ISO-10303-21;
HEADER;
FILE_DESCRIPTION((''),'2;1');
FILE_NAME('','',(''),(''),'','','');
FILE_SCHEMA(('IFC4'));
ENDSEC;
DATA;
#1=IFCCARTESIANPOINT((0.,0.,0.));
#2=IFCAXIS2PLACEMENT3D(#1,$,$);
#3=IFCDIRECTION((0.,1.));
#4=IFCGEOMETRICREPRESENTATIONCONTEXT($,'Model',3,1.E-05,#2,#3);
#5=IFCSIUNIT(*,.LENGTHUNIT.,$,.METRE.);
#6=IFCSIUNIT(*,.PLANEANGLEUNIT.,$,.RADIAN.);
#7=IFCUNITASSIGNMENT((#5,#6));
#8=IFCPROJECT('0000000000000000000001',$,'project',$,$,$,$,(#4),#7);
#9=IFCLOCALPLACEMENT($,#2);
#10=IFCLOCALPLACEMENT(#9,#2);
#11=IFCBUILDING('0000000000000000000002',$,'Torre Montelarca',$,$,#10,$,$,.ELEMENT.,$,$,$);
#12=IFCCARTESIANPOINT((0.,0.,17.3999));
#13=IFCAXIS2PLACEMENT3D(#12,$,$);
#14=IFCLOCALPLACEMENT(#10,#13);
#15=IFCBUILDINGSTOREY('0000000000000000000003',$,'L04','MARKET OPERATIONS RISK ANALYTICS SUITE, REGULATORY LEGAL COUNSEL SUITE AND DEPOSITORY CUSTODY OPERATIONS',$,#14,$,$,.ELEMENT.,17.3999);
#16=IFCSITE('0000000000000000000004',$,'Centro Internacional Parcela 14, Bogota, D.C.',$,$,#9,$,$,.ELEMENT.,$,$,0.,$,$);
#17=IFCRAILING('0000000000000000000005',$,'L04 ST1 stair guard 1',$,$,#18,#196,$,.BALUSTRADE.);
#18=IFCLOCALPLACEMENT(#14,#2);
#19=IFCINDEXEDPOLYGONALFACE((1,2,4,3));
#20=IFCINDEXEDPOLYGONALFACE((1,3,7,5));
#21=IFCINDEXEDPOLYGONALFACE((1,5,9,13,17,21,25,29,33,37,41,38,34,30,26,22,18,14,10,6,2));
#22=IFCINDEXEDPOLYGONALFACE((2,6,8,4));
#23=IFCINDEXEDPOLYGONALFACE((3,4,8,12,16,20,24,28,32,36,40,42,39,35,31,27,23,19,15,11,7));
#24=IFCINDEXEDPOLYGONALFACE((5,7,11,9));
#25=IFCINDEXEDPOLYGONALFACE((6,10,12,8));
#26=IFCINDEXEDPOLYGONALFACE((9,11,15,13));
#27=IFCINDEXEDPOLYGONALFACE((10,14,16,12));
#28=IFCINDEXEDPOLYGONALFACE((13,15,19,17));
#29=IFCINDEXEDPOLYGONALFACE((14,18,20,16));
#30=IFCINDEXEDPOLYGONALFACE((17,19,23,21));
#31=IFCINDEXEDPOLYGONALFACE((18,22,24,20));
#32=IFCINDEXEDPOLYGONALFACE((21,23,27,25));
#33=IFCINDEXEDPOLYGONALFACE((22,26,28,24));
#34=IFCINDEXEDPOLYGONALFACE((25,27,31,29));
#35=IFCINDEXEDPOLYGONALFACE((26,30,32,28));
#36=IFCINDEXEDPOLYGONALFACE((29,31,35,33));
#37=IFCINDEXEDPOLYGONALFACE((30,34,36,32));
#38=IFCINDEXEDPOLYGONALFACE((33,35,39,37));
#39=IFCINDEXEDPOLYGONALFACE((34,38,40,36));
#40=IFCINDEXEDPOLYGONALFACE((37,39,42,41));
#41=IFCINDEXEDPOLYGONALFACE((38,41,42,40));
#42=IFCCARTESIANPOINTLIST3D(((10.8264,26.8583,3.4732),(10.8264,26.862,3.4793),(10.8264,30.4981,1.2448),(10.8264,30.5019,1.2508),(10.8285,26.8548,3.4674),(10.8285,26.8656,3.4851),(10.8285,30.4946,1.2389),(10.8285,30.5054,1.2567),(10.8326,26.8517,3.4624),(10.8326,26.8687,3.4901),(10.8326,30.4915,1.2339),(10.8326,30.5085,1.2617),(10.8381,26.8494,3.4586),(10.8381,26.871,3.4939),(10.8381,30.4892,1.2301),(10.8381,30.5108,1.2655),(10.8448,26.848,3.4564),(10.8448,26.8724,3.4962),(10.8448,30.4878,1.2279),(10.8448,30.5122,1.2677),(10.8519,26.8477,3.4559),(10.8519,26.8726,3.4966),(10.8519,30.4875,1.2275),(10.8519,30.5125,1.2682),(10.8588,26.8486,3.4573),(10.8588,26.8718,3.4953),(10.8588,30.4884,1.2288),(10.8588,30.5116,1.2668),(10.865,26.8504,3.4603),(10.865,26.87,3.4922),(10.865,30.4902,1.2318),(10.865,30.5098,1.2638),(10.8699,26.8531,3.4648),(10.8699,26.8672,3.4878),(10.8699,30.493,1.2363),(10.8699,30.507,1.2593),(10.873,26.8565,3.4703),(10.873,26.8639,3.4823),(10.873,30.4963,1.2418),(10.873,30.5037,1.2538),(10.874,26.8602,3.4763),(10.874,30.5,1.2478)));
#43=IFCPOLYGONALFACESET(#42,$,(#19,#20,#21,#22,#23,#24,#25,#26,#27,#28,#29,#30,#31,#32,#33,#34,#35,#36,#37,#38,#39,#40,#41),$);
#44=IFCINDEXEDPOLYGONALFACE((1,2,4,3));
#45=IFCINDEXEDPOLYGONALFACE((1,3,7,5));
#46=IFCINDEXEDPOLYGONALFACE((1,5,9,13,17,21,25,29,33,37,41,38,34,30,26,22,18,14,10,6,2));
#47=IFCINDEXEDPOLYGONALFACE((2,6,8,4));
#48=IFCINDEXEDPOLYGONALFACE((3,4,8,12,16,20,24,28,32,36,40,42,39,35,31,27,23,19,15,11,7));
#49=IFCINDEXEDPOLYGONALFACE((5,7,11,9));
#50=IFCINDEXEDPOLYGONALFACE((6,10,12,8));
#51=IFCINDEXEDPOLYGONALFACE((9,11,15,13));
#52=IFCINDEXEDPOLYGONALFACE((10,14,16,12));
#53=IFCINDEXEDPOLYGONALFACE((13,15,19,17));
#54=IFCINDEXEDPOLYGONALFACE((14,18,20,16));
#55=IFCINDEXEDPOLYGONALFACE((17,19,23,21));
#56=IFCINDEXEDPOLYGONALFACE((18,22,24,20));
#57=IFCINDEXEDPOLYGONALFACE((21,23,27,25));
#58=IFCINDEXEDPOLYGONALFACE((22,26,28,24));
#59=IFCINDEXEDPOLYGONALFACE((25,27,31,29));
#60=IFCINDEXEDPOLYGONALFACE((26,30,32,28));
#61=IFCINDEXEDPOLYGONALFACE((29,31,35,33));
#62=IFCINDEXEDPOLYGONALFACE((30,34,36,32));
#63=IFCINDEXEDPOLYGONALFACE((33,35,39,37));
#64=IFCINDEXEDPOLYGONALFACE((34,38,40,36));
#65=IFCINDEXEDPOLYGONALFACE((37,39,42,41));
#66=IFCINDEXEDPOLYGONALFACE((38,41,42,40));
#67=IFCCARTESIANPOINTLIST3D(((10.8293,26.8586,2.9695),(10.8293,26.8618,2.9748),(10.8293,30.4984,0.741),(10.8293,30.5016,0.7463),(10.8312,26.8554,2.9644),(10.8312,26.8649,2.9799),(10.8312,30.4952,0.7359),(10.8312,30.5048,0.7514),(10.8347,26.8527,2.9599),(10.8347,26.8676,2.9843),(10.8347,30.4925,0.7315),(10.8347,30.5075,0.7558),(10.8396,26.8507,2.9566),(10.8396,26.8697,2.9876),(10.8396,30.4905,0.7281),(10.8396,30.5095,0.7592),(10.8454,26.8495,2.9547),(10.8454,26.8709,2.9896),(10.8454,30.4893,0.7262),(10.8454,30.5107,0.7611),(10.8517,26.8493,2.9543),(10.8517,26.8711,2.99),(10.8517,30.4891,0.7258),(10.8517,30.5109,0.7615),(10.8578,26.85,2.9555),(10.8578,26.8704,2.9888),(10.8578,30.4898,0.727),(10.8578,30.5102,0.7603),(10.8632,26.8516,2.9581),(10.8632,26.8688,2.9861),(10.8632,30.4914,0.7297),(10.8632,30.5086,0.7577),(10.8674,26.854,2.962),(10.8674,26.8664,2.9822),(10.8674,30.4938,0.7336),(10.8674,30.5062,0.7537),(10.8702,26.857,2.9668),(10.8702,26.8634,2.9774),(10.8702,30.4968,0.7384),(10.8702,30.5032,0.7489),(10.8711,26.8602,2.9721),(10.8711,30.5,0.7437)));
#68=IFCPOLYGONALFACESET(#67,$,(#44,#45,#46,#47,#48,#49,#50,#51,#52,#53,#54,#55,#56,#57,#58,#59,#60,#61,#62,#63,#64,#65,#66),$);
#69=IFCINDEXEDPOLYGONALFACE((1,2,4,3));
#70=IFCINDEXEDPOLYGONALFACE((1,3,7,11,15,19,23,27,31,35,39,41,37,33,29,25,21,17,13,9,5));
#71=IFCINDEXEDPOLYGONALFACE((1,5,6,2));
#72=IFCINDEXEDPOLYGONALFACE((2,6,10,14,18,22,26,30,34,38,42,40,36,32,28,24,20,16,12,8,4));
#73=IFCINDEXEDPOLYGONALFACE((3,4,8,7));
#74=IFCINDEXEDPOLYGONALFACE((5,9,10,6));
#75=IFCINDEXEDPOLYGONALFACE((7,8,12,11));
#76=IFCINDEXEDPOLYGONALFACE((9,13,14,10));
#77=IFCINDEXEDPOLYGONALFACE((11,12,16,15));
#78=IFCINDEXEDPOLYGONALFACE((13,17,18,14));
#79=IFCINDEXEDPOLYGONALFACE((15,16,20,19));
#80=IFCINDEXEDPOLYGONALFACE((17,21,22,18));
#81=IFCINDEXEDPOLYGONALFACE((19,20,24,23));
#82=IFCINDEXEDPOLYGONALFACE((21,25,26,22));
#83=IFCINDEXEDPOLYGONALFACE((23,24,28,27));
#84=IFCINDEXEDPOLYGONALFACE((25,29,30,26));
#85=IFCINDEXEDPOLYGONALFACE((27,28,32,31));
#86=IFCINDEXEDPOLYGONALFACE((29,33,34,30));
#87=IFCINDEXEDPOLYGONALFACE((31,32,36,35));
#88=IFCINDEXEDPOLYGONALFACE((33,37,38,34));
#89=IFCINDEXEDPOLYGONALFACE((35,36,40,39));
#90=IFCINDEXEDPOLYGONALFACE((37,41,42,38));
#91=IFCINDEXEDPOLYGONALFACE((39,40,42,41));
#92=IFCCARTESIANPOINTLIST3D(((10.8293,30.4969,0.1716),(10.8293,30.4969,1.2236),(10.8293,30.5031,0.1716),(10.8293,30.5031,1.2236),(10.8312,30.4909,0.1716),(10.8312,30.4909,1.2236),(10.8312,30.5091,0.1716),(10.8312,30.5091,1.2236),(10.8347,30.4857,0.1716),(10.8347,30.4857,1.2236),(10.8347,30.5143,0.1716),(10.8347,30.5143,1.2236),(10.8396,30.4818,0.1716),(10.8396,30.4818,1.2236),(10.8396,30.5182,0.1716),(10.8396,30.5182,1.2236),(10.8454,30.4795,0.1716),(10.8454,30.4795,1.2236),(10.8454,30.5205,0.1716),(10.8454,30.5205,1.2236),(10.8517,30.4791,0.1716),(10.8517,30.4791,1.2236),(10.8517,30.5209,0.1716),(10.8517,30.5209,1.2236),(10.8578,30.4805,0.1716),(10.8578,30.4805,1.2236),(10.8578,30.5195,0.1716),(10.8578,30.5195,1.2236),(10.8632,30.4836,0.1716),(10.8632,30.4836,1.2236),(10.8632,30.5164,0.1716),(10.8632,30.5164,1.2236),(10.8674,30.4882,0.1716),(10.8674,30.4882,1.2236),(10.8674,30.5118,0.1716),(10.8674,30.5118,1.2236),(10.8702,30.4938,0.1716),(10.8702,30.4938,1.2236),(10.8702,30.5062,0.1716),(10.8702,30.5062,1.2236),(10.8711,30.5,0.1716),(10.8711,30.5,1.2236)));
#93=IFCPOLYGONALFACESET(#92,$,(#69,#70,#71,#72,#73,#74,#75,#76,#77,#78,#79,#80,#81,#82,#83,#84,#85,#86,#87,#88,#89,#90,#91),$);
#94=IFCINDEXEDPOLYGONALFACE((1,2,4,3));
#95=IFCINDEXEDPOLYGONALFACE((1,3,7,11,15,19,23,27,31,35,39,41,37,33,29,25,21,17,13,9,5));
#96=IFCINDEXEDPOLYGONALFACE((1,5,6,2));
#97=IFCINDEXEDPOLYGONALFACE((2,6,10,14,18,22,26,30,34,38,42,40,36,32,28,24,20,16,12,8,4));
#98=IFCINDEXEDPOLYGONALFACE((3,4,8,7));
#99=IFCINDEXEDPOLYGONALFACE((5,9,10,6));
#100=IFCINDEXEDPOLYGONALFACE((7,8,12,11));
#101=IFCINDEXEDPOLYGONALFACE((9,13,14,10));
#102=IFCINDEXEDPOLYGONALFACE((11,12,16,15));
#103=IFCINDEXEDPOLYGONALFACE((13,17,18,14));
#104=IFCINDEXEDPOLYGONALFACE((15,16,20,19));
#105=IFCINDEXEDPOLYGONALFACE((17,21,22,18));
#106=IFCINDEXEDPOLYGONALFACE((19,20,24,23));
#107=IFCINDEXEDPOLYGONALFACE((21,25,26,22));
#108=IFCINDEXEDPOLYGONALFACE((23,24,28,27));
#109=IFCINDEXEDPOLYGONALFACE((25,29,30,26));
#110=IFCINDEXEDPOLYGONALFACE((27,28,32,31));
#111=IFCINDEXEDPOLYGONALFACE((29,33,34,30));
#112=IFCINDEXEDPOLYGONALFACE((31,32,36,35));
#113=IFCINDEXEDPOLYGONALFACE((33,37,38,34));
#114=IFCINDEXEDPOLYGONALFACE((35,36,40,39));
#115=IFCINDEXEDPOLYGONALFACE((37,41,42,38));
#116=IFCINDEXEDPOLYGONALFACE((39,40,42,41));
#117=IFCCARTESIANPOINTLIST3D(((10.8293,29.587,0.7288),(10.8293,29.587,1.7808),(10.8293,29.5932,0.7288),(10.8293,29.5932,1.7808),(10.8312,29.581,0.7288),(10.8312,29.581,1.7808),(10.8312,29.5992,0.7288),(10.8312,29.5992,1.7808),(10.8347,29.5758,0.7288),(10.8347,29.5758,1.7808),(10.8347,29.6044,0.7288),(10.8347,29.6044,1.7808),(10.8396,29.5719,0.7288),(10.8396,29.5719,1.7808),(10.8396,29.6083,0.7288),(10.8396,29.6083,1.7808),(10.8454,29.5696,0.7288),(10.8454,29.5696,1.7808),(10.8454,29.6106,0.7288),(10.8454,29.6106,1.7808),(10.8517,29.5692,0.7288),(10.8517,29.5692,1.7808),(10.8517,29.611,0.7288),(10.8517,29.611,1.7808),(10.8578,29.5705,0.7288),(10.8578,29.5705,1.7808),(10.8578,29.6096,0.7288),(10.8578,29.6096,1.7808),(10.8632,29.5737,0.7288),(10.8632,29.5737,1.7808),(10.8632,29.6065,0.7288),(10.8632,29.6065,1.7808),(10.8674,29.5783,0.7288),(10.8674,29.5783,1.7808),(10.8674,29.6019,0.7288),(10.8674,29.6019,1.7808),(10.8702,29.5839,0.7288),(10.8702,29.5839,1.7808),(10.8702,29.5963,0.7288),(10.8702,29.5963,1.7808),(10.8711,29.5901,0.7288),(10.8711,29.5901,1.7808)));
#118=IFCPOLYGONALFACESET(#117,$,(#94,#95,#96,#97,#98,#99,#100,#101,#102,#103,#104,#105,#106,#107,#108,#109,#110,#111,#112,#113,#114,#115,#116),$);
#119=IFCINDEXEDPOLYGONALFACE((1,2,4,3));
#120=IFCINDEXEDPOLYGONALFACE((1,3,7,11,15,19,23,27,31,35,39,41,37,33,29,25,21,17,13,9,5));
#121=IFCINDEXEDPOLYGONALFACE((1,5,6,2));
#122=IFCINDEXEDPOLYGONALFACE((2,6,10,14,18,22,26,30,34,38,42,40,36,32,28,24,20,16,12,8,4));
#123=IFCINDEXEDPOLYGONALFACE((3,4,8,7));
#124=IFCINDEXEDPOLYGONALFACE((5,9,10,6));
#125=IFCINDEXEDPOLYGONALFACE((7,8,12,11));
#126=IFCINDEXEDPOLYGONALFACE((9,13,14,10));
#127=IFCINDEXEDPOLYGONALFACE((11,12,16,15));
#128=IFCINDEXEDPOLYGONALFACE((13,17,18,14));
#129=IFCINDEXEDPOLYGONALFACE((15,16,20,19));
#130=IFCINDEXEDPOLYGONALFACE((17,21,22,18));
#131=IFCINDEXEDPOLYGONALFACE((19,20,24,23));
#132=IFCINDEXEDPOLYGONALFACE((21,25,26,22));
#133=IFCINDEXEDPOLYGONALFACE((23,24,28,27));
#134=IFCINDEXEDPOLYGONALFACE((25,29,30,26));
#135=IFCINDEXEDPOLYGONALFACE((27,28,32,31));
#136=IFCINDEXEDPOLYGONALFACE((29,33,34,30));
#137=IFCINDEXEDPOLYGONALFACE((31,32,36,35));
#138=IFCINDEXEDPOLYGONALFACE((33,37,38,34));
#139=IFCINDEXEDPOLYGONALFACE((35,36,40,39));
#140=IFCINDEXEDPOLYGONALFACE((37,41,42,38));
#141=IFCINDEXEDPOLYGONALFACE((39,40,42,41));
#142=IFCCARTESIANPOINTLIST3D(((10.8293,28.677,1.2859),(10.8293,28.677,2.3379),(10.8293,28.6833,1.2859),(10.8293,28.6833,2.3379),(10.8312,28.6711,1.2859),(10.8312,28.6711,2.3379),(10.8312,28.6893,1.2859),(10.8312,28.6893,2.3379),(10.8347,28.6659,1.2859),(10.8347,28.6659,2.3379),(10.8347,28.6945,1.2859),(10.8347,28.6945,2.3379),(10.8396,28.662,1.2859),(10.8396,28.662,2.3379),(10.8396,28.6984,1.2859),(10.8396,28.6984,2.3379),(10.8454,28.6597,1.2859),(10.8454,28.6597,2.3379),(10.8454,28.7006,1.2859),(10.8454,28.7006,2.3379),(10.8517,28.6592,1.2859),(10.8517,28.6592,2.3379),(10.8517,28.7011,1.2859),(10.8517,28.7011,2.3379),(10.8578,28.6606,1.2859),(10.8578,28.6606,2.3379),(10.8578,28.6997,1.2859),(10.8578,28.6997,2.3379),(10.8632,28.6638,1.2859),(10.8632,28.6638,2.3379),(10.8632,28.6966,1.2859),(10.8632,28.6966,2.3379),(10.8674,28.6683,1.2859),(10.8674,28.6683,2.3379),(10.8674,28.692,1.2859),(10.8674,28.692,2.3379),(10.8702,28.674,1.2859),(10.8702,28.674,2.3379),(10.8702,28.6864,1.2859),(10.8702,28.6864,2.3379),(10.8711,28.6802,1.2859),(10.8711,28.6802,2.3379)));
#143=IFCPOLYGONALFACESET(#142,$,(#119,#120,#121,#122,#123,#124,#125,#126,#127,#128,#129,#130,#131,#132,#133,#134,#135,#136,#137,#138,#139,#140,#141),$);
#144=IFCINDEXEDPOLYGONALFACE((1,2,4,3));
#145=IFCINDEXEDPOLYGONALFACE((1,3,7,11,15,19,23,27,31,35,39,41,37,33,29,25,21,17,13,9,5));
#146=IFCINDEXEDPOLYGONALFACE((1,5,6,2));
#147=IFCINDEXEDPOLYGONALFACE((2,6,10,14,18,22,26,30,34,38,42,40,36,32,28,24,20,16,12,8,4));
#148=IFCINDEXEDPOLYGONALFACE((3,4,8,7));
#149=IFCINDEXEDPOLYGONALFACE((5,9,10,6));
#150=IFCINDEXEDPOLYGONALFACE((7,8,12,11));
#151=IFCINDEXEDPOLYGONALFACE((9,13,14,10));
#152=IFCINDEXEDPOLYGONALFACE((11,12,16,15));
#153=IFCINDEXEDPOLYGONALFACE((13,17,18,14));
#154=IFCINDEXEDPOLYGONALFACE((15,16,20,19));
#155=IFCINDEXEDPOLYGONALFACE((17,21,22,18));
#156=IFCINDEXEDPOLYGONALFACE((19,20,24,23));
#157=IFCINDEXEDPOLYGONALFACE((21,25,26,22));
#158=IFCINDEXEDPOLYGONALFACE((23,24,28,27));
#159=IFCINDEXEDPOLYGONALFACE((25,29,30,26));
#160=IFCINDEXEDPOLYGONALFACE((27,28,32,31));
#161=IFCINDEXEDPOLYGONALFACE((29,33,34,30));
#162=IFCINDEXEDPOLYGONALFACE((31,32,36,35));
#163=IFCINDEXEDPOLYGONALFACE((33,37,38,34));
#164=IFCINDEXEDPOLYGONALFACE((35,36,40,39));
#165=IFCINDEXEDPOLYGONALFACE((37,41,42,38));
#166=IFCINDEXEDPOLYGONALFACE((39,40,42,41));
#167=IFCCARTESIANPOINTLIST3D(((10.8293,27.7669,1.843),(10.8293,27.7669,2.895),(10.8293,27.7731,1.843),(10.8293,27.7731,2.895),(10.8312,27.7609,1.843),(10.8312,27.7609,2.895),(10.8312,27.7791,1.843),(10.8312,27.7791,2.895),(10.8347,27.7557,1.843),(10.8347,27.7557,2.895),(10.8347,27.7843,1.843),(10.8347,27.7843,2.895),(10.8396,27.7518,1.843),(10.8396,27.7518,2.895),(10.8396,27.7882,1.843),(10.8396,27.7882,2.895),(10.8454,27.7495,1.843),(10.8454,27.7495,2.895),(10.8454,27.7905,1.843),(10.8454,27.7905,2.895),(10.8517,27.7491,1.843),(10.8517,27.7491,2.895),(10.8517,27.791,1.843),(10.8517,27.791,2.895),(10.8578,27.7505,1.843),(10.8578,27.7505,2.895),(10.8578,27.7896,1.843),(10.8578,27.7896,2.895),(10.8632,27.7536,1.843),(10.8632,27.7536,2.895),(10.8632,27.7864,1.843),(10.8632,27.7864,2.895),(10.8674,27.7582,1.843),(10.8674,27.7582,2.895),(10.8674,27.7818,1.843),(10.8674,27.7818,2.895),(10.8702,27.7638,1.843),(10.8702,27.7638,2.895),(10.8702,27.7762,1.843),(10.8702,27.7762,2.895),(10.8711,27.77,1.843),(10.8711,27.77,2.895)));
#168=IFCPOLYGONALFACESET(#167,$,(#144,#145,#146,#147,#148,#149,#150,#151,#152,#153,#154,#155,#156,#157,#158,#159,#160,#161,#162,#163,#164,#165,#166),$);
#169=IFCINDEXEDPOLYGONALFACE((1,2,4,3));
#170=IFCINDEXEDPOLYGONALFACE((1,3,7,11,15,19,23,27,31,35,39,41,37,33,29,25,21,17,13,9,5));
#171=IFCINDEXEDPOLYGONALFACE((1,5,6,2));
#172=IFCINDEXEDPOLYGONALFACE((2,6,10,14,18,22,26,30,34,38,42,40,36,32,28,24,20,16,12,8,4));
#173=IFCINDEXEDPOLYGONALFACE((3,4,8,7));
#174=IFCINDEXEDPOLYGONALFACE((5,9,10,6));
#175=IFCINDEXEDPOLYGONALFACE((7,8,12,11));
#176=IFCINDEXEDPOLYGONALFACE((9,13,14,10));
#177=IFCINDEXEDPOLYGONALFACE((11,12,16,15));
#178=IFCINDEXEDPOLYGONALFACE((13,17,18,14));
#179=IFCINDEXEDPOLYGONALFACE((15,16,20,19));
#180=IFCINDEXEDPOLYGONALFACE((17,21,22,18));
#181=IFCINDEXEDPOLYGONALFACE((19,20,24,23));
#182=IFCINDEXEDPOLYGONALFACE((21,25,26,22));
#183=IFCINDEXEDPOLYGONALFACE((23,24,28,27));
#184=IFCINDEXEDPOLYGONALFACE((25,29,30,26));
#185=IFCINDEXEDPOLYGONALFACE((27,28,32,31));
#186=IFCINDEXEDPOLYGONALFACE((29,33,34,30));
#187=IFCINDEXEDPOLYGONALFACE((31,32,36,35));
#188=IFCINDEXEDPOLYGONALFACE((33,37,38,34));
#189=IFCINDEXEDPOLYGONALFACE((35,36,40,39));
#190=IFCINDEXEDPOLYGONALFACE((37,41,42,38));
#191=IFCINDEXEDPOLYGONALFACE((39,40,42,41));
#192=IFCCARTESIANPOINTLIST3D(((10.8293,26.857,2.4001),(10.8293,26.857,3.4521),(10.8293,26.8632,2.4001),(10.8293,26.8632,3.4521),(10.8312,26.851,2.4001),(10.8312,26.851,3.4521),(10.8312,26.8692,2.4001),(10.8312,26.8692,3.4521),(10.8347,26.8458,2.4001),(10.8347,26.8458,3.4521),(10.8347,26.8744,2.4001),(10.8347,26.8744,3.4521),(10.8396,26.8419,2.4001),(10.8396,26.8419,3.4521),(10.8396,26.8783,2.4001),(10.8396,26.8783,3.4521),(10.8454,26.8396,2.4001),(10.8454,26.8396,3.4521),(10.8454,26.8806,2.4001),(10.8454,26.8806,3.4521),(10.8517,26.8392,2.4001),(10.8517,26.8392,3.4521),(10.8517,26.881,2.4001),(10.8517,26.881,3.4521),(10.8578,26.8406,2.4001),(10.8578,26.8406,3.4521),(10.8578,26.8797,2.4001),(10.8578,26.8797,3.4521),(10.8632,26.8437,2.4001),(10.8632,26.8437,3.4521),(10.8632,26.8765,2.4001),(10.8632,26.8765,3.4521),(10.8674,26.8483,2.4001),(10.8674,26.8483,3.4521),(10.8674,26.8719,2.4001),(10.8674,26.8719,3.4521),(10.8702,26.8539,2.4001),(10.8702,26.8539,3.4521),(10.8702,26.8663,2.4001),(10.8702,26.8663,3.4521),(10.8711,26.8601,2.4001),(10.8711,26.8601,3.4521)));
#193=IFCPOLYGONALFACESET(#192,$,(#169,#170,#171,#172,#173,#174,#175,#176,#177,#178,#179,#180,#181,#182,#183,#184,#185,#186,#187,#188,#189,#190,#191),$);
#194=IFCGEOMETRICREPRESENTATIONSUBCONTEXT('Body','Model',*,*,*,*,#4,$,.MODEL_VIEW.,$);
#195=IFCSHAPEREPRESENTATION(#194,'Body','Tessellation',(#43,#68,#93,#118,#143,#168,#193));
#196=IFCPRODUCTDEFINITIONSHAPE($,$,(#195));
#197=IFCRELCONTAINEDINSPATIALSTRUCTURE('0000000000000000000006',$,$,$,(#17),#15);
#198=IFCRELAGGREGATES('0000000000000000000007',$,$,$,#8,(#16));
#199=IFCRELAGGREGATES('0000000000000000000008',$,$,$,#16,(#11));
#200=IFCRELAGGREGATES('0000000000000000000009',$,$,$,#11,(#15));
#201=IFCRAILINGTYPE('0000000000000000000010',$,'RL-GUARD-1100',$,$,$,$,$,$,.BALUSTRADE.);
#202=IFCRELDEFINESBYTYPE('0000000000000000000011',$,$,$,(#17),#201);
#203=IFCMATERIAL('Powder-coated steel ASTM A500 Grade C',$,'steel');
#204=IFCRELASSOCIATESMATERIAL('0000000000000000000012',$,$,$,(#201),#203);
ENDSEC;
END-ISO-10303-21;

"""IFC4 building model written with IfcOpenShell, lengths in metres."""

from ifc_helpers import new_model, si_unit, direction, frame, origin, origin_2d, place, context, subcontext, project, spatial, circle, extrude, material, type_object, element, save


model = new_model("IFC4")

# Units and contexts
model_context = context("Model", 3, precision=1e-05, world=origin(), true_north=direction((0.0, 1.0)))
body_context = subcontext(model_context, "Body", "Model", "MODEL_VIEW")
ifc_project = project(units=[si_unit("LENGTHUNIT", "METRE"), si_unit("PLANEANGLEUNIT", "RADIAN")], contexts=[model_context])

# Site, building, storey
site_placement = place(None, origin())
site = spatial("IfcSite", under=ifc_project, at=site_placement, Name="Centro Internacional Parcela 14, Bogota, D.C.", CompositionType="ELEMENT", RefElevation=0.0)
building_placement = place(site_placement, origin())
building = spatial("IfcBuilding", under=site, at=building_placement, Name="Torre Montelarca", CompositionType="ELEMENT")
storey_placement = place(building_placement, frame((0.0, 0.0, 17.3999)))
storey = spatial("IfcBuildingStorey", under=building, at=storey_placement, Name="L04", Description="MARKET OPERATIONS RISK ANALYTICS SUITE, REGULATORY LEGAL COUNSEL SUITE AND DEPOSITORY CUSTODY OPERATIONS", CompositionType="ELEMENT", Elevation=17.3999)

# Railing
ifc_material_1 = material(Name="Powder-coated steel ASTM A500 Grade C", Category="steel")
railing_type_1 = type_object("IfcRailingType", Name="RL-GUARD-1100", PredefinedType="BALUSTRADE", material=ifc_material_1)
railing_1_placement = place(storey_placement, frame((10.8501, 30.5, 0.1716)))
element("IfcRailing", 1, at=railing_1_placement, inside=storey, type_object=railing_type_1, Name="L04 ST1 stair guard 1", PredefinedType="BALUSTRADE", context=body_context, shape_type="SweptSolid", body=[
    extrude(circle(Radius=0.0239, at=origin_2d()), frame((0.0, 0.0, 1.0762), z_axis=(0.0, -0.85285, 0.522156), x_axis=(1.0, 0.0, 0.0)), (0.0, 0.0, 1.0), 4.2678),
    extrude(circle(Radius=0.021, at=origin_2d()), frame((0.0, 0.0, 0.572), z_axis=(0.0, -0.85285, 0.522156), x_axis=(1.0, 0.0, 0.0)), (0.0, 0.0, 1.0), 4.2678),
    extrude(circle(Radius=0.021, at=origin_2d()), origin(), (0.0, 0.0, 1.0), 1.052),
    extrude(circle(Radius=0.021, at=origin_2d()), frame((0.0, -0.9099, 0.5571)), (0.0, 0.0, 1.0), 1.052),
    extrude(circle(Radius=0.021, at=origin_2d()), frame((0.0, -1.8198, 1.1143)), (0.0, 0.0, 1.0), 1.052),
    extrude(circle(Radius=0.021, at=origin_2d()), frame((0.0, -2.73, 1.6714)), (0.0, 0.0, 1.0), 1.052),
    extrude(circle(Radius=0.021, at=origin_2d()), frame((0.0, -3.6399, 2.2285)), (0.0, 0.0, 1.0), 1.052),
])

save(model, "model.ifc")
